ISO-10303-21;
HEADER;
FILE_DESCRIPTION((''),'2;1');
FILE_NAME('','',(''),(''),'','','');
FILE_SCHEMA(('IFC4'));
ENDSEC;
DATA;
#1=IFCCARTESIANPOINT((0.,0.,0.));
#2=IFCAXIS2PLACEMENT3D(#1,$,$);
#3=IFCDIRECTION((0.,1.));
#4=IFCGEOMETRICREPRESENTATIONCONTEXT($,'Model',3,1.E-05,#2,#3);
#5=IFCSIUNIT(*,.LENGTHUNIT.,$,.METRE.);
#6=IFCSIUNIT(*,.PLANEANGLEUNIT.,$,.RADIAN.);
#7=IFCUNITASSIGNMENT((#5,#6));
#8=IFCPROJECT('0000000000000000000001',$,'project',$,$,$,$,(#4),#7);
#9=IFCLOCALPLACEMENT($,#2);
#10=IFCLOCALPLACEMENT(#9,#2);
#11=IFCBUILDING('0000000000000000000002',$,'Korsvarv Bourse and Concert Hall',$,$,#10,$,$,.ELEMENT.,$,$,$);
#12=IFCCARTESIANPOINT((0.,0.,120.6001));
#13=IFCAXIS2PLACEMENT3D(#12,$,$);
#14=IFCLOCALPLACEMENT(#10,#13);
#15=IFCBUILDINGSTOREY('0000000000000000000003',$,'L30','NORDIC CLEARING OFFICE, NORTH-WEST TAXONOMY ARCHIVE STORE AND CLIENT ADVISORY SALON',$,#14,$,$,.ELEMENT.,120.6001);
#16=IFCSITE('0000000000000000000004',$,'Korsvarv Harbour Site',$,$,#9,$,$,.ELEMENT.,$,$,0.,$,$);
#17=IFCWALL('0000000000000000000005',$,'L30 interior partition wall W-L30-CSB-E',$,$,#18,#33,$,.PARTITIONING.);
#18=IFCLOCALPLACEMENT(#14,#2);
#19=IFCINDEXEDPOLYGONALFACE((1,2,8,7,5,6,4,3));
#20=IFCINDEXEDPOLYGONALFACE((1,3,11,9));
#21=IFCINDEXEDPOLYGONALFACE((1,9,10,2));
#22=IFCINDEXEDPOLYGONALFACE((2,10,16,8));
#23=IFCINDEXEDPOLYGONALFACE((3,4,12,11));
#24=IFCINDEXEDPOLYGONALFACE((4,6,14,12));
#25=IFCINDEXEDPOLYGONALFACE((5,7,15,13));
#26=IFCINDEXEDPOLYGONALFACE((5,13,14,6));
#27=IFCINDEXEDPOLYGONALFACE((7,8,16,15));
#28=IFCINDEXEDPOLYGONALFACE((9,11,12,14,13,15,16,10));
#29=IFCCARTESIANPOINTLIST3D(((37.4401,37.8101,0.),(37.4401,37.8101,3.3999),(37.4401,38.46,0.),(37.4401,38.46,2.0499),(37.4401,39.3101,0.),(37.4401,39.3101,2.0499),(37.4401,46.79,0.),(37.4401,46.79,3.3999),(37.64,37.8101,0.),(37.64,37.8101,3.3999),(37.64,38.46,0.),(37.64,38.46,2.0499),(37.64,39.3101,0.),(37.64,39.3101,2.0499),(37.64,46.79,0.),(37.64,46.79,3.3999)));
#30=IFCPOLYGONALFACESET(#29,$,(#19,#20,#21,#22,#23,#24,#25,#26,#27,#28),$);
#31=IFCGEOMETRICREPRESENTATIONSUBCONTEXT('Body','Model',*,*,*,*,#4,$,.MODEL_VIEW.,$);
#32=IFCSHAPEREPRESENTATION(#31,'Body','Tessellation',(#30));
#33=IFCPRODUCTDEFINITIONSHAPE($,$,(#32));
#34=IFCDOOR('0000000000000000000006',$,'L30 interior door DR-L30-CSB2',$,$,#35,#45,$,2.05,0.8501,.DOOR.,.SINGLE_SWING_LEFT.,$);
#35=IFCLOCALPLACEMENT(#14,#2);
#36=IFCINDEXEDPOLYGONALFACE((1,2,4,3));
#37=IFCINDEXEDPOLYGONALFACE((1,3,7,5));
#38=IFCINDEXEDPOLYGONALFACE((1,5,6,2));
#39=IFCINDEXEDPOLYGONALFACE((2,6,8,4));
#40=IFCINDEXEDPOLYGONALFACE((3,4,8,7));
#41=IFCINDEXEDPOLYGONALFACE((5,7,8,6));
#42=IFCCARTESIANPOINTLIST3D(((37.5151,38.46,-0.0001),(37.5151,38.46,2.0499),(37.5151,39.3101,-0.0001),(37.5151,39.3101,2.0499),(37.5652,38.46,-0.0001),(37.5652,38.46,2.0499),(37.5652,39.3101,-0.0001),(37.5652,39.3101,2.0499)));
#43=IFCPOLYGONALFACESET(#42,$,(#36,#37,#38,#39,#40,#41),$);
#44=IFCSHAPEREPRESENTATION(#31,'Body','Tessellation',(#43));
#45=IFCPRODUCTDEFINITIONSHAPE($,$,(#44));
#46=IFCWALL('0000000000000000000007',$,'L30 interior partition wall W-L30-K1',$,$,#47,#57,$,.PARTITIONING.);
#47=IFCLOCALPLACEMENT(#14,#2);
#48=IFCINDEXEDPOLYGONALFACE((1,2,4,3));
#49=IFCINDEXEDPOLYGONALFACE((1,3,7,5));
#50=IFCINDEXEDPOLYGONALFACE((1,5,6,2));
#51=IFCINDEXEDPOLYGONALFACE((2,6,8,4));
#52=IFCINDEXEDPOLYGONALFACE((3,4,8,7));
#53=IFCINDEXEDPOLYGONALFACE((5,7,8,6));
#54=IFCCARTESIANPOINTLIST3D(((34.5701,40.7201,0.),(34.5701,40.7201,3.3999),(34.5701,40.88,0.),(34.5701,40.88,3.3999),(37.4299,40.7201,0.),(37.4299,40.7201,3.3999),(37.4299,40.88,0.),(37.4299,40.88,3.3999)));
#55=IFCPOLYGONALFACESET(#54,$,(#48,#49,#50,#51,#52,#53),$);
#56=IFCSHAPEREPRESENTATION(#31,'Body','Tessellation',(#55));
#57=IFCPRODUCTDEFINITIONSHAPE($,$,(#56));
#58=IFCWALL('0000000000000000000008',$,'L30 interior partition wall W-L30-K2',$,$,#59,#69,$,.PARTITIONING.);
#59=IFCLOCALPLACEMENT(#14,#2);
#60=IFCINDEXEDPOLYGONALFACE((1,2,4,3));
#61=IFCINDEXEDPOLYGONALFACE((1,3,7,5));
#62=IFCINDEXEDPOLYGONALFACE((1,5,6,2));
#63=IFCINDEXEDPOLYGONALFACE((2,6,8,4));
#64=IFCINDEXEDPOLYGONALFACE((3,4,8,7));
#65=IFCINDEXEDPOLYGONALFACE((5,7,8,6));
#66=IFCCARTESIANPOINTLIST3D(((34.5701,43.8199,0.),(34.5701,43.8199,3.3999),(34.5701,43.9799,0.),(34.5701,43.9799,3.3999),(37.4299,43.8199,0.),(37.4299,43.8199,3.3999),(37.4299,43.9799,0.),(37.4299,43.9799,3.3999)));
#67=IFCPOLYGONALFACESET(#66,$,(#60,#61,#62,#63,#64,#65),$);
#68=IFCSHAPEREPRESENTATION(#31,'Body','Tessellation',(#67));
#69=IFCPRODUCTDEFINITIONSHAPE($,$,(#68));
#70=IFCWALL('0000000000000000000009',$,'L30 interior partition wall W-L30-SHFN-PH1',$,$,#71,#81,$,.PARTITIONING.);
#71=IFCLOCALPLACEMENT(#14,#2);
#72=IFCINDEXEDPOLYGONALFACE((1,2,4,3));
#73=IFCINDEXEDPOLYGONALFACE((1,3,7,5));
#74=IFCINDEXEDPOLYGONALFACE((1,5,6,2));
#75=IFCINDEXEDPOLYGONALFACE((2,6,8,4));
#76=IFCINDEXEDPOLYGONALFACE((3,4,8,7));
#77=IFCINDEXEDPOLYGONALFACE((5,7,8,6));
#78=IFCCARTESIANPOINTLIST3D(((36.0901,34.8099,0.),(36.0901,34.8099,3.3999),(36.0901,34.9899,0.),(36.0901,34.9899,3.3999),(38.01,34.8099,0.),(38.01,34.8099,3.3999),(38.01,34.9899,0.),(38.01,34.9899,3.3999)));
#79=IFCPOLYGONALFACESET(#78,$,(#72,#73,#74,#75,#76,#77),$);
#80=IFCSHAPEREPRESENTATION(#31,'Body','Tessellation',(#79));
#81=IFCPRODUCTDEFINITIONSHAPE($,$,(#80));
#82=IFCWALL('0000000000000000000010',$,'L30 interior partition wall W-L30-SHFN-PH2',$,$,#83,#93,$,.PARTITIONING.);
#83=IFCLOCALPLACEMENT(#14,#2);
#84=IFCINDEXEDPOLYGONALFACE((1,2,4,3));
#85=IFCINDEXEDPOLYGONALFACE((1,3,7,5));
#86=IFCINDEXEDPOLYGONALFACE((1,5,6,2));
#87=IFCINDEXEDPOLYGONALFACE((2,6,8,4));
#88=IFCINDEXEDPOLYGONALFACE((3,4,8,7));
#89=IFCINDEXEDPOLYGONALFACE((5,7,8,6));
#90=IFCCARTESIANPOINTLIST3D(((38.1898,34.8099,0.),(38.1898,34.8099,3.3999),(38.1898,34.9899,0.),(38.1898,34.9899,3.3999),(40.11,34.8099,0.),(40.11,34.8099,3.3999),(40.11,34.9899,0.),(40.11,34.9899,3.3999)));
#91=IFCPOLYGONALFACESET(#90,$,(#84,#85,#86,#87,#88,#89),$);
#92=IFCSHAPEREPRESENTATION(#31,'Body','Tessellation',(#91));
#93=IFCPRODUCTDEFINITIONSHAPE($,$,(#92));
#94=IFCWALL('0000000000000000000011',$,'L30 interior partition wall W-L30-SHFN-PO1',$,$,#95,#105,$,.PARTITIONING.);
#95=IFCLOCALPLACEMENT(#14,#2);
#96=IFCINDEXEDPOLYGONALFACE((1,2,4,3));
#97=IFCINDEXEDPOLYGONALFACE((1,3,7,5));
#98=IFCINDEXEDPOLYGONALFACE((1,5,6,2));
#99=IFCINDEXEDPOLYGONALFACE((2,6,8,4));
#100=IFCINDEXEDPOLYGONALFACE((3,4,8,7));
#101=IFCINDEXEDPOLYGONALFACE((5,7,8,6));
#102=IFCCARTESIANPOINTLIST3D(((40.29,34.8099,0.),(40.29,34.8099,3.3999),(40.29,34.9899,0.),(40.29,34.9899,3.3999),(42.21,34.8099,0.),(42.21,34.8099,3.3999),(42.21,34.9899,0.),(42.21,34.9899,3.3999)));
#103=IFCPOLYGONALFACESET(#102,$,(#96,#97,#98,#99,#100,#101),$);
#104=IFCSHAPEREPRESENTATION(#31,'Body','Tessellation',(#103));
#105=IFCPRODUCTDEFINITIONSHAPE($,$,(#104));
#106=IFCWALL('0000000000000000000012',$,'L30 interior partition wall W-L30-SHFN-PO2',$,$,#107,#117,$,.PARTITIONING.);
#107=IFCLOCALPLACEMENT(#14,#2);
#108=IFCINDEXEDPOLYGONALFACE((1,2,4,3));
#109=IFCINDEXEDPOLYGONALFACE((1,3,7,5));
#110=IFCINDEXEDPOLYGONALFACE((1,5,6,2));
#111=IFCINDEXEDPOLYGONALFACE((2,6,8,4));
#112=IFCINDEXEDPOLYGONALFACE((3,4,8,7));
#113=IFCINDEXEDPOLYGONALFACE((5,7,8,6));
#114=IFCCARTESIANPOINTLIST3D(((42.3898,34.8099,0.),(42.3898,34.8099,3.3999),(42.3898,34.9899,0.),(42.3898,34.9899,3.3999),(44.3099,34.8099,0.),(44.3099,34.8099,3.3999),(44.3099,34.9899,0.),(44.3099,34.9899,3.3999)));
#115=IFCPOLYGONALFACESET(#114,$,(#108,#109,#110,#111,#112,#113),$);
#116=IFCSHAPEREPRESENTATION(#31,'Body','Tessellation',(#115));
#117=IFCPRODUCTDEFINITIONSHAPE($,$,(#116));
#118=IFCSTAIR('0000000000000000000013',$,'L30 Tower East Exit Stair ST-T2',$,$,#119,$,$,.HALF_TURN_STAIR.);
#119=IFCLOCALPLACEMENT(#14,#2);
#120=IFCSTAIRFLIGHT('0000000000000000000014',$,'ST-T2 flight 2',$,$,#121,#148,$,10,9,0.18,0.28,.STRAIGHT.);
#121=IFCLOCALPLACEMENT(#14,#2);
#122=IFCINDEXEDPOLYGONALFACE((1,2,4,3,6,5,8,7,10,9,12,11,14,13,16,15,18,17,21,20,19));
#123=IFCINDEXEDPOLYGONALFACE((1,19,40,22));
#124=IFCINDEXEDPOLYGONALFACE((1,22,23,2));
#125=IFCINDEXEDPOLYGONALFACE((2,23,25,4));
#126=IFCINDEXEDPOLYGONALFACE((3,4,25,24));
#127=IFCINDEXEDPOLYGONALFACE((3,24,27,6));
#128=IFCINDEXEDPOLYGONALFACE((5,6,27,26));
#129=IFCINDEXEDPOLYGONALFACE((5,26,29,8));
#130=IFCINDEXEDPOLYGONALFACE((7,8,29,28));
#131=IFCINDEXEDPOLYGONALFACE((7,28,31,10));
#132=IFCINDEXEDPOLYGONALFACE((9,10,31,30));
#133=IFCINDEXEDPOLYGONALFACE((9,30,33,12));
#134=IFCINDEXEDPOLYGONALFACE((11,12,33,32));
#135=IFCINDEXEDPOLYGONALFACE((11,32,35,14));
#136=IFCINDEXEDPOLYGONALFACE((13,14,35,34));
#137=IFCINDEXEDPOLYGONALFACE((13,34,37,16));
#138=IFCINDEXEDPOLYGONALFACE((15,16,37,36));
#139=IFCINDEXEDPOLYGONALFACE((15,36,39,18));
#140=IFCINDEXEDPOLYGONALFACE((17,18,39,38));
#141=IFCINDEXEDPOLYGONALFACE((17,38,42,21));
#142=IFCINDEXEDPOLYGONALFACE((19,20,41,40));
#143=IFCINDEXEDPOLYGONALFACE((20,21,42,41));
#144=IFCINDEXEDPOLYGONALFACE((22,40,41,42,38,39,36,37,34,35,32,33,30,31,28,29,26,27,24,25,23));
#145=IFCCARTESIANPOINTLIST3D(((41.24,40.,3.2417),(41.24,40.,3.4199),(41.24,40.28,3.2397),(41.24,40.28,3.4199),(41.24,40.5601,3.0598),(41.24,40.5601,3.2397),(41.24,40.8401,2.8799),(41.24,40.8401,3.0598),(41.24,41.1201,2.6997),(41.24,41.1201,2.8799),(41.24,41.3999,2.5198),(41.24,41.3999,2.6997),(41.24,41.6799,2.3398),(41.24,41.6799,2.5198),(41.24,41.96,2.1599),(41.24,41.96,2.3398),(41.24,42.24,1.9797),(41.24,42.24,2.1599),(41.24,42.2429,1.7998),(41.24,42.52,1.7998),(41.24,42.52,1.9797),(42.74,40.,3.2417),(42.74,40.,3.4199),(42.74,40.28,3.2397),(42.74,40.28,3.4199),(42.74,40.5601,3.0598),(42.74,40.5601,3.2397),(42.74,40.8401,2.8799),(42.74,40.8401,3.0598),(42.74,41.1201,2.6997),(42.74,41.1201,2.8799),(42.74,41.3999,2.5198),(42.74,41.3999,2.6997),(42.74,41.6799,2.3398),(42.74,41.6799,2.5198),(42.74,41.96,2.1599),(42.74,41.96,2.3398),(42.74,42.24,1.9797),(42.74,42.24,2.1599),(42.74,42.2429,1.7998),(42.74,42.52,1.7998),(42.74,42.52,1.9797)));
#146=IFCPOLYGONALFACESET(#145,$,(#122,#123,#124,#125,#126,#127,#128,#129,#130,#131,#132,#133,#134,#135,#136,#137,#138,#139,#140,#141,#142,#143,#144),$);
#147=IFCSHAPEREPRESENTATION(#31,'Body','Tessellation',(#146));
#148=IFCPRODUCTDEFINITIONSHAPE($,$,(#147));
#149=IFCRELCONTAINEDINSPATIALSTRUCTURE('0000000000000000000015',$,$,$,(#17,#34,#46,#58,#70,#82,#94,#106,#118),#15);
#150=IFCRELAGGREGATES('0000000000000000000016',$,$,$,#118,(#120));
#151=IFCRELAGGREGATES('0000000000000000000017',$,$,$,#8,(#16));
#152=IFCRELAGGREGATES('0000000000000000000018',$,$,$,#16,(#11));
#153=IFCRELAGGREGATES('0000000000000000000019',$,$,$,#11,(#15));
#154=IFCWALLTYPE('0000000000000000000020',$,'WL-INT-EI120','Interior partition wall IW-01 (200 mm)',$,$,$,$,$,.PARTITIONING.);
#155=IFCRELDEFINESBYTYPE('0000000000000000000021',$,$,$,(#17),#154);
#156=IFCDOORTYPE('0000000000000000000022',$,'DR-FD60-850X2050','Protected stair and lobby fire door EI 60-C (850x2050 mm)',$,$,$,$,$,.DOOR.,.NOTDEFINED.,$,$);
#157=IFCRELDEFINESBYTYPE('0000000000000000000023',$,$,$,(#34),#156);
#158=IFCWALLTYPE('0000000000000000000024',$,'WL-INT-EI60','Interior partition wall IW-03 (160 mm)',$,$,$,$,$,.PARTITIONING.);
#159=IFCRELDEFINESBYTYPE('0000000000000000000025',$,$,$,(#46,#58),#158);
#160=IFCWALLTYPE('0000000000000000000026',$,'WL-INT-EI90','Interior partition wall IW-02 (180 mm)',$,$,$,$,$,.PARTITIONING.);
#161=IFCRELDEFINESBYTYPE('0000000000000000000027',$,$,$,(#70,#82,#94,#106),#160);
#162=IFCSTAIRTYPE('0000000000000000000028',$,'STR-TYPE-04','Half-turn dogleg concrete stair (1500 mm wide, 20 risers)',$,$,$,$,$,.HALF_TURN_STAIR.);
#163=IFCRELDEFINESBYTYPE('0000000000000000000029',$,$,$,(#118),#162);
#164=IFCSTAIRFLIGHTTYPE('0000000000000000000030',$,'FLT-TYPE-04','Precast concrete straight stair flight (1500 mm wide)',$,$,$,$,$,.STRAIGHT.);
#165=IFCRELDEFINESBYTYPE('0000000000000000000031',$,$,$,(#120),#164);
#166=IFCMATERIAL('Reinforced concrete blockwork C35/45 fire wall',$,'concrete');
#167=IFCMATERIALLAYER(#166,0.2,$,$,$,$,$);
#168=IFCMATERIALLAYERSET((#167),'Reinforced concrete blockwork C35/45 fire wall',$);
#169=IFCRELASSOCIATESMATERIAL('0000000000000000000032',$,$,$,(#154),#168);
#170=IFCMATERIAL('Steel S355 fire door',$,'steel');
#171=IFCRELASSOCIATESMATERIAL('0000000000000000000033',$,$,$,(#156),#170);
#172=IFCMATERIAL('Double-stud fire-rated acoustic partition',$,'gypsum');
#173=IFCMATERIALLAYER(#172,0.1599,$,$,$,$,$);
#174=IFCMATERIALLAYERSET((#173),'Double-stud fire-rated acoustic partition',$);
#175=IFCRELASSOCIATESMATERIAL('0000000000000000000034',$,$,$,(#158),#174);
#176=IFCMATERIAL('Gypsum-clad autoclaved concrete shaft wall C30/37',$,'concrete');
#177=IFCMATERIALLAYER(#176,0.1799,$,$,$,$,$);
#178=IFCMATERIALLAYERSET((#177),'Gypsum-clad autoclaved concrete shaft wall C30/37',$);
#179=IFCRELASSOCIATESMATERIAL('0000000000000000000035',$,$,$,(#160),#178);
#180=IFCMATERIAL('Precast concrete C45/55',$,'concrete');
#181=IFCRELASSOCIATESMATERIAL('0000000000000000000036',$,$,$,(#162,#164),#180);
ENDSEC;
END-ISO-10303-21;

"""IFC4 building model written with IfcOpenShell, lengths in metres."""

from ifc_helpers import new_model, si_unit, direction, frame, frame_2d, origin, place, context, subcontext, project, spatial, polyline, rectangle, outline, extrude, material, layer, layer_set, type_object, element, fill, aggregate, save


model = new_model("IFC4")

# Units and contexts
model_context = context("Model", 3, precision=1e-05, world=origin(), true_north=direction((0.0, 1.0)))
body_context = subcontext(model_context, "Body", "Model", "MODEL_VIEW")
ifc_project = project(units=[si_unit("LENGTHUNIT", "METRE"), si_unit("PLANEANGLEUNIT", "RADIAN")], contexts=[model_context])

# Site, building, storey
site_placement = place(None, origin())
site = spatial("IfcSite", under=ifc_project, at=site_placement, Name="Korsvarv Harbour Site", CompositionType="ELEMENT", RefElevation=0.0)
building_placement = place(site_placement, origin())
building = spatial("IfcBuilding", under=site, at=building_placement, Name="Korsvarv Bourse and Concert Hall", CompositionType="ELEMENT")
storey_placement = place(building_placement, frame((0.0, 0.0, 120.6001)))
storey = spatial("IfcBuildingStorey", under=building, at=storey_placement, Name="L30", Description="NORDIC CLEARING OFFICE, NORTH-WEST TAXONOMY ARCHIVE STORE AND CLIENT ADVISORY SALON", CompositionType="ELEMENT", Elevation=120.6001)

# Shared definitions
ifc_material_1 = material(Name="Steel S355 fire door", Category="steel")

# Wall, opening, door
ifc_material_2 = material(Name="Reinforced concrete blockwork C35/45 fire wall", Category="concrete")
ifc_layer_1 = layer(ifc_material_2, 0.2)
ifc_layer_set_1 = layer_set([ifc_layer_1], Name="Reinforced concrete blockwork C35/45 fire wall")
wall_type_1 = type_object("IfcWallType", Name="WL-INT-EI120", Description="Interior partition wall IW-01 (200 mm)", PredefinedType="PARTITIONING", material=ifc_layer_set_1)
door_type_1 = type_object("IfcDoorType", Name="DR-FD60-850X2050", Description="Protected stair and lobby fire door EI 60-C (850x2050 mm)", OperationType="NOTDEFINED", PredefinedType="DOOR", material=ifc_material_1)
wall_1_placement = place(storey_placement, frame((37.54, 37.8101, 0.0), z_axis=(0.0, 0.0, 1.0), x_axis=(0.0, 1.0, 0.0)))
wall_1 = element("IfcWall", 1, at=wall_1_placement, inside=storey, type_object=wall_type_1, Name="L30 interior partition wall W-L30-CSB-E", PredefinedType="PARTITIONING", context=body_context, shape_type="SweptSolid", body=[
    extrude(rectangle(XDim=8.98, YDim=0.2, at=frame_2d((4.49, 0.0))), origin(), (0.0, 0.0, 1.0), 3.3999),
])
opening_1_placement = place(wall_1_placement, frame((0.6499, 0.0, 0.0)))
opening_1 = element("IfcOpeningElement", 2, at=opening_1_placement, cuts=wall_1, PredefinedType="OPENING", context=body_context, shape_type="SweptSolid", body=[
    extrude(rectangle(XDim=0.8501, YDim=2.05, at=frame_2d((0.425, 1.0249))), frame((0.0, 0.1099, 0.0), z_axis=(0.0, -1.0, 0.0), x_axis=(1.0, 0.0, 0.0)), (0.0, 0.0, 1.0), 0.22),
])
door_1_placement = place(opening_1_placement, origin())
door_1 = element("IfcDoor", 3, at=door_1_placement, inside=storey, type_object=door_type_1, Name="L30 interior door DR-L30-CSB2", OperationType="SINGLE_SWING_LEFT", OverallHeight=2.05, OverallWidth=0.8501, PredefinedType="DOOR", context=body_context, shape_type="SweptSolid", body=[
    extrude(rectangle(XDim=0.8501, YDim=2.05, at=frame_2d((0.425, 1.0249))), frame((0.0, 0.0249, 0.0), z_axis=(0.0, -1.0, 0.0), x_axis=(1.0, 0.0, 0.0)), (0.0, 0.0, 1.0), 0.05),
])
fill(opening_1, door_1)

# Walls
ifc_material_3 = material(Name="Double-stud fire-rated acoustic partition", Category="gypsum")
ifc_layer_2 = layer(ifc_material_3, 0.1599)
ifc_layer_set_2 = layer_set([ifc_layer_2], Name="Double-stud fire-rated acoustic partition")
wall_type_2 = type_object("IfcWallType", Name="WL-INT-EI60", Description="Interior partition wall IW-03 (160 mm)", PredefinedType="PARTITIONING", material=ifc_layer_set_2)
for number, where, z_axis, x_axis, name in (
    (4, (34.5701, 40.8, 0.0), (0.0, 0.0, 1.0), (1.0, 0.0, 0.0), "L30 interior partition wall W-L30-K1"),
    (5, (34.5701, 43.8999, 0.0), (0.0, 0.0, 1.0), (1.0, 0.0, 0.0), "L30 interior partition wall W-L30-K2"),
):
    element("IfcWall", number, at=place(storey_placement, frame(where, z_axis=z_axis, x_axis=x_axis)), inside=storey, type_object=wall_type_2, Name=name, PredefinedType="PARTITIONING", context=body_context, shape_type="SweptSolid", body=[
        extrude(rectangle(XDim=2.8599, YDim=0.1599, at=frame_2d((1.4299, 0.0))), origin(), (0.0, 0.0, 1.0), 3.3999),
    ])
ifc_material_4 = material(Name="Gypsum-clad autoclaved concrete shaft wall C30/37", Category="concrete")
ifc_layer_3 = layer(ifc_material_4, 0.1799)
ifc_layer_set_3 = layer_set([ifc_layer_3], Name="Gypsum-clad autoclaved concrete shaft wall C30/37")
wall_type_3 = type_object("IfcWallType", Name="WL-INT-EI90", Description="Interior partition wall IW-02 (180 mm)", PredefinedType="PARTITIONING", material=ifc_layer_set_3)
wall_2_placement = place(storey_placement, frame((36.0901, 34.8999, 0.0), z_axis=(0.0, 0.0, 1.0), x_axis=(1.0, 0.0, 0.0)))
element("IfcWall", 6, at=wall_2_placement, inside=storey, type_object=wall_type_3, Name="L30 interior partition wall W-L30-SHFN-PH1", PredefinedType="PARTITIONING", context=body_context, shape_type="SweptSolid", body=[
    extrude(rectangle(XDim=1.9199, YDim=0.1799, at=frame_2d((0.96, 0.0))), origin(), (0.0, 0.0, 1.0), 3.3999),
])
wall_3_placement = place(storey_placement, frame((38.1899, 34.8999, 0.0), z_axis=(0.0, 0.0, 1.0), x_axis=(1.0, 0.0, 0.0)))
element("IfcWall", 7, at=wall_3_placement, inside=storey, type_object=wall_type_3, Name="L30 interior partition wall W-L30-SHFN-PH2", PredefinedType="PARTITIONING", context=body_context, shape_type="SweptSolid", body=[
    extrude(rectangle(XDim=1.9202, YDim=0.1799, at=frame_2d((0.96, 0.0))), origin(), (0.0, 0.0, 1.0), 3.3999),
])
wall_4_placement = place(storey_placement, frame((40.29, 34.8999, 0.0), z_axis=(0.0, 0.0, 1.0), x_axis=(1.0, 0.0, 0.0)))
element("IfcWall", 8, at=wall_4_placement, inside=storey, type_object=wall_type_3, Name="L30 interior partition wall W-L30-SHFN-PO1", PredefinedType="PARTITIONING", context=body_context, shape_type="SweptSolid", body=[
    extrude(rectangle(XDim=1.9199, YDim=0.1799, at=frame_2d((0.96, 0.0))), origin(), (0.0, 0.0, 1.0), 3.3999),
])
wall_5_placement = place(storey_placement, frame((42.3899, 34.8999, 0.0), z_axis=(0.0, 0.0, 1.0), x_axis=(1.0, 0.0, 0.0)))
element("IfcWall", 9, at=wall_5_placement, inside=storey, type_object=wall_type_3, Name="L30 interior partition wall W-L30-SHFN-PO2", PredefinedType="PARTITIONING", context=body_context, shape_type="SweptSolid", body=[
    extrude(rectangle(XDim=1.9202, YDim=0.1799, at=frame_2d((0.96, 0.0))), origin(), (0.0, 0.0, 1.0), 3.3999),
])

# Stair, stair flight
ifc_material_5 = material(Name="Precast concrete C45/55", Category="concrete")
stair_type = type_object("IfcStairType", Name="STR-TYPE-04", Description="Half-turn dogleg concrete stair (1500 mm wide, 20 risers)", PredefinedType="HALF_TURN_STAIR", material=ifc_material_5)
stair_placement = place(storey_placement, origin())
stair = element("IfcStair", 10, at=stair_placement, inside=storey, type_object=stair_type, Name="L30 Tower East Exit Stair ST-T2", PredefinedType="HALF_TURN_STAIR")
stair_flight_type = type_object("IfcStairFlightType", Name="FLT-TYPE-04", Description="Precast concrete straight stair flight (1500 mm wide)", PredefinedType="STRAIGHT", material=ifc_material_5)
stair_flight_placement = place(storey_placement, frame((41.99, 42.52, 1.7998), z_axis=(0.0, 0.0, 1.0), x_axis=(0.0, -1.0, 0.0)))
stair_flight = element("IfcStairFlight", 11, at=stair_flight_placement, type_object=stair_flight_type, Name="ST-T2 flight 2", NumberOfRisers=10, NumberOfTreads=9, PredefinedType="STRAIGHT", RiserHeight=0.18, TreadLength=0.28, context=body_context, shape_type="SweptSolid", body=[
    extrude(outline(polyline([(0.0, 0.0), (0.0, 0.1799), (0.28, 0.1799), (0.28, 0.3601), (0.5601, 0.3601), (0.5601, 0.54), (0.8401, 0.54), (0.8401, 0.72), (1.1201, 0.72), (1.1201, 0.8999), (1.3999, 0.8999), (1.3999, 1.0801), (1.6799, 1.0801), (1.6799, 1.26), (1.96, 1.26), (1.96, 1.4399), (2.24, 1.4399), (2.24, 1.6201), (2.52, 1.6201), (2.52, 1.8), (2.52, 1.4419), (0.2771, 0.0), (0.0, 0.0)])), frame((0.0, 0.75, 0.0), z_axis=(0.0, -1.0, 0.0), x_axis=(1.0, 0.0, 0.0)), (0.0, 0.0, 1.0), 1.5),
])
aggregate(stair, [stair_flight])

save(model, "model.ifc")
